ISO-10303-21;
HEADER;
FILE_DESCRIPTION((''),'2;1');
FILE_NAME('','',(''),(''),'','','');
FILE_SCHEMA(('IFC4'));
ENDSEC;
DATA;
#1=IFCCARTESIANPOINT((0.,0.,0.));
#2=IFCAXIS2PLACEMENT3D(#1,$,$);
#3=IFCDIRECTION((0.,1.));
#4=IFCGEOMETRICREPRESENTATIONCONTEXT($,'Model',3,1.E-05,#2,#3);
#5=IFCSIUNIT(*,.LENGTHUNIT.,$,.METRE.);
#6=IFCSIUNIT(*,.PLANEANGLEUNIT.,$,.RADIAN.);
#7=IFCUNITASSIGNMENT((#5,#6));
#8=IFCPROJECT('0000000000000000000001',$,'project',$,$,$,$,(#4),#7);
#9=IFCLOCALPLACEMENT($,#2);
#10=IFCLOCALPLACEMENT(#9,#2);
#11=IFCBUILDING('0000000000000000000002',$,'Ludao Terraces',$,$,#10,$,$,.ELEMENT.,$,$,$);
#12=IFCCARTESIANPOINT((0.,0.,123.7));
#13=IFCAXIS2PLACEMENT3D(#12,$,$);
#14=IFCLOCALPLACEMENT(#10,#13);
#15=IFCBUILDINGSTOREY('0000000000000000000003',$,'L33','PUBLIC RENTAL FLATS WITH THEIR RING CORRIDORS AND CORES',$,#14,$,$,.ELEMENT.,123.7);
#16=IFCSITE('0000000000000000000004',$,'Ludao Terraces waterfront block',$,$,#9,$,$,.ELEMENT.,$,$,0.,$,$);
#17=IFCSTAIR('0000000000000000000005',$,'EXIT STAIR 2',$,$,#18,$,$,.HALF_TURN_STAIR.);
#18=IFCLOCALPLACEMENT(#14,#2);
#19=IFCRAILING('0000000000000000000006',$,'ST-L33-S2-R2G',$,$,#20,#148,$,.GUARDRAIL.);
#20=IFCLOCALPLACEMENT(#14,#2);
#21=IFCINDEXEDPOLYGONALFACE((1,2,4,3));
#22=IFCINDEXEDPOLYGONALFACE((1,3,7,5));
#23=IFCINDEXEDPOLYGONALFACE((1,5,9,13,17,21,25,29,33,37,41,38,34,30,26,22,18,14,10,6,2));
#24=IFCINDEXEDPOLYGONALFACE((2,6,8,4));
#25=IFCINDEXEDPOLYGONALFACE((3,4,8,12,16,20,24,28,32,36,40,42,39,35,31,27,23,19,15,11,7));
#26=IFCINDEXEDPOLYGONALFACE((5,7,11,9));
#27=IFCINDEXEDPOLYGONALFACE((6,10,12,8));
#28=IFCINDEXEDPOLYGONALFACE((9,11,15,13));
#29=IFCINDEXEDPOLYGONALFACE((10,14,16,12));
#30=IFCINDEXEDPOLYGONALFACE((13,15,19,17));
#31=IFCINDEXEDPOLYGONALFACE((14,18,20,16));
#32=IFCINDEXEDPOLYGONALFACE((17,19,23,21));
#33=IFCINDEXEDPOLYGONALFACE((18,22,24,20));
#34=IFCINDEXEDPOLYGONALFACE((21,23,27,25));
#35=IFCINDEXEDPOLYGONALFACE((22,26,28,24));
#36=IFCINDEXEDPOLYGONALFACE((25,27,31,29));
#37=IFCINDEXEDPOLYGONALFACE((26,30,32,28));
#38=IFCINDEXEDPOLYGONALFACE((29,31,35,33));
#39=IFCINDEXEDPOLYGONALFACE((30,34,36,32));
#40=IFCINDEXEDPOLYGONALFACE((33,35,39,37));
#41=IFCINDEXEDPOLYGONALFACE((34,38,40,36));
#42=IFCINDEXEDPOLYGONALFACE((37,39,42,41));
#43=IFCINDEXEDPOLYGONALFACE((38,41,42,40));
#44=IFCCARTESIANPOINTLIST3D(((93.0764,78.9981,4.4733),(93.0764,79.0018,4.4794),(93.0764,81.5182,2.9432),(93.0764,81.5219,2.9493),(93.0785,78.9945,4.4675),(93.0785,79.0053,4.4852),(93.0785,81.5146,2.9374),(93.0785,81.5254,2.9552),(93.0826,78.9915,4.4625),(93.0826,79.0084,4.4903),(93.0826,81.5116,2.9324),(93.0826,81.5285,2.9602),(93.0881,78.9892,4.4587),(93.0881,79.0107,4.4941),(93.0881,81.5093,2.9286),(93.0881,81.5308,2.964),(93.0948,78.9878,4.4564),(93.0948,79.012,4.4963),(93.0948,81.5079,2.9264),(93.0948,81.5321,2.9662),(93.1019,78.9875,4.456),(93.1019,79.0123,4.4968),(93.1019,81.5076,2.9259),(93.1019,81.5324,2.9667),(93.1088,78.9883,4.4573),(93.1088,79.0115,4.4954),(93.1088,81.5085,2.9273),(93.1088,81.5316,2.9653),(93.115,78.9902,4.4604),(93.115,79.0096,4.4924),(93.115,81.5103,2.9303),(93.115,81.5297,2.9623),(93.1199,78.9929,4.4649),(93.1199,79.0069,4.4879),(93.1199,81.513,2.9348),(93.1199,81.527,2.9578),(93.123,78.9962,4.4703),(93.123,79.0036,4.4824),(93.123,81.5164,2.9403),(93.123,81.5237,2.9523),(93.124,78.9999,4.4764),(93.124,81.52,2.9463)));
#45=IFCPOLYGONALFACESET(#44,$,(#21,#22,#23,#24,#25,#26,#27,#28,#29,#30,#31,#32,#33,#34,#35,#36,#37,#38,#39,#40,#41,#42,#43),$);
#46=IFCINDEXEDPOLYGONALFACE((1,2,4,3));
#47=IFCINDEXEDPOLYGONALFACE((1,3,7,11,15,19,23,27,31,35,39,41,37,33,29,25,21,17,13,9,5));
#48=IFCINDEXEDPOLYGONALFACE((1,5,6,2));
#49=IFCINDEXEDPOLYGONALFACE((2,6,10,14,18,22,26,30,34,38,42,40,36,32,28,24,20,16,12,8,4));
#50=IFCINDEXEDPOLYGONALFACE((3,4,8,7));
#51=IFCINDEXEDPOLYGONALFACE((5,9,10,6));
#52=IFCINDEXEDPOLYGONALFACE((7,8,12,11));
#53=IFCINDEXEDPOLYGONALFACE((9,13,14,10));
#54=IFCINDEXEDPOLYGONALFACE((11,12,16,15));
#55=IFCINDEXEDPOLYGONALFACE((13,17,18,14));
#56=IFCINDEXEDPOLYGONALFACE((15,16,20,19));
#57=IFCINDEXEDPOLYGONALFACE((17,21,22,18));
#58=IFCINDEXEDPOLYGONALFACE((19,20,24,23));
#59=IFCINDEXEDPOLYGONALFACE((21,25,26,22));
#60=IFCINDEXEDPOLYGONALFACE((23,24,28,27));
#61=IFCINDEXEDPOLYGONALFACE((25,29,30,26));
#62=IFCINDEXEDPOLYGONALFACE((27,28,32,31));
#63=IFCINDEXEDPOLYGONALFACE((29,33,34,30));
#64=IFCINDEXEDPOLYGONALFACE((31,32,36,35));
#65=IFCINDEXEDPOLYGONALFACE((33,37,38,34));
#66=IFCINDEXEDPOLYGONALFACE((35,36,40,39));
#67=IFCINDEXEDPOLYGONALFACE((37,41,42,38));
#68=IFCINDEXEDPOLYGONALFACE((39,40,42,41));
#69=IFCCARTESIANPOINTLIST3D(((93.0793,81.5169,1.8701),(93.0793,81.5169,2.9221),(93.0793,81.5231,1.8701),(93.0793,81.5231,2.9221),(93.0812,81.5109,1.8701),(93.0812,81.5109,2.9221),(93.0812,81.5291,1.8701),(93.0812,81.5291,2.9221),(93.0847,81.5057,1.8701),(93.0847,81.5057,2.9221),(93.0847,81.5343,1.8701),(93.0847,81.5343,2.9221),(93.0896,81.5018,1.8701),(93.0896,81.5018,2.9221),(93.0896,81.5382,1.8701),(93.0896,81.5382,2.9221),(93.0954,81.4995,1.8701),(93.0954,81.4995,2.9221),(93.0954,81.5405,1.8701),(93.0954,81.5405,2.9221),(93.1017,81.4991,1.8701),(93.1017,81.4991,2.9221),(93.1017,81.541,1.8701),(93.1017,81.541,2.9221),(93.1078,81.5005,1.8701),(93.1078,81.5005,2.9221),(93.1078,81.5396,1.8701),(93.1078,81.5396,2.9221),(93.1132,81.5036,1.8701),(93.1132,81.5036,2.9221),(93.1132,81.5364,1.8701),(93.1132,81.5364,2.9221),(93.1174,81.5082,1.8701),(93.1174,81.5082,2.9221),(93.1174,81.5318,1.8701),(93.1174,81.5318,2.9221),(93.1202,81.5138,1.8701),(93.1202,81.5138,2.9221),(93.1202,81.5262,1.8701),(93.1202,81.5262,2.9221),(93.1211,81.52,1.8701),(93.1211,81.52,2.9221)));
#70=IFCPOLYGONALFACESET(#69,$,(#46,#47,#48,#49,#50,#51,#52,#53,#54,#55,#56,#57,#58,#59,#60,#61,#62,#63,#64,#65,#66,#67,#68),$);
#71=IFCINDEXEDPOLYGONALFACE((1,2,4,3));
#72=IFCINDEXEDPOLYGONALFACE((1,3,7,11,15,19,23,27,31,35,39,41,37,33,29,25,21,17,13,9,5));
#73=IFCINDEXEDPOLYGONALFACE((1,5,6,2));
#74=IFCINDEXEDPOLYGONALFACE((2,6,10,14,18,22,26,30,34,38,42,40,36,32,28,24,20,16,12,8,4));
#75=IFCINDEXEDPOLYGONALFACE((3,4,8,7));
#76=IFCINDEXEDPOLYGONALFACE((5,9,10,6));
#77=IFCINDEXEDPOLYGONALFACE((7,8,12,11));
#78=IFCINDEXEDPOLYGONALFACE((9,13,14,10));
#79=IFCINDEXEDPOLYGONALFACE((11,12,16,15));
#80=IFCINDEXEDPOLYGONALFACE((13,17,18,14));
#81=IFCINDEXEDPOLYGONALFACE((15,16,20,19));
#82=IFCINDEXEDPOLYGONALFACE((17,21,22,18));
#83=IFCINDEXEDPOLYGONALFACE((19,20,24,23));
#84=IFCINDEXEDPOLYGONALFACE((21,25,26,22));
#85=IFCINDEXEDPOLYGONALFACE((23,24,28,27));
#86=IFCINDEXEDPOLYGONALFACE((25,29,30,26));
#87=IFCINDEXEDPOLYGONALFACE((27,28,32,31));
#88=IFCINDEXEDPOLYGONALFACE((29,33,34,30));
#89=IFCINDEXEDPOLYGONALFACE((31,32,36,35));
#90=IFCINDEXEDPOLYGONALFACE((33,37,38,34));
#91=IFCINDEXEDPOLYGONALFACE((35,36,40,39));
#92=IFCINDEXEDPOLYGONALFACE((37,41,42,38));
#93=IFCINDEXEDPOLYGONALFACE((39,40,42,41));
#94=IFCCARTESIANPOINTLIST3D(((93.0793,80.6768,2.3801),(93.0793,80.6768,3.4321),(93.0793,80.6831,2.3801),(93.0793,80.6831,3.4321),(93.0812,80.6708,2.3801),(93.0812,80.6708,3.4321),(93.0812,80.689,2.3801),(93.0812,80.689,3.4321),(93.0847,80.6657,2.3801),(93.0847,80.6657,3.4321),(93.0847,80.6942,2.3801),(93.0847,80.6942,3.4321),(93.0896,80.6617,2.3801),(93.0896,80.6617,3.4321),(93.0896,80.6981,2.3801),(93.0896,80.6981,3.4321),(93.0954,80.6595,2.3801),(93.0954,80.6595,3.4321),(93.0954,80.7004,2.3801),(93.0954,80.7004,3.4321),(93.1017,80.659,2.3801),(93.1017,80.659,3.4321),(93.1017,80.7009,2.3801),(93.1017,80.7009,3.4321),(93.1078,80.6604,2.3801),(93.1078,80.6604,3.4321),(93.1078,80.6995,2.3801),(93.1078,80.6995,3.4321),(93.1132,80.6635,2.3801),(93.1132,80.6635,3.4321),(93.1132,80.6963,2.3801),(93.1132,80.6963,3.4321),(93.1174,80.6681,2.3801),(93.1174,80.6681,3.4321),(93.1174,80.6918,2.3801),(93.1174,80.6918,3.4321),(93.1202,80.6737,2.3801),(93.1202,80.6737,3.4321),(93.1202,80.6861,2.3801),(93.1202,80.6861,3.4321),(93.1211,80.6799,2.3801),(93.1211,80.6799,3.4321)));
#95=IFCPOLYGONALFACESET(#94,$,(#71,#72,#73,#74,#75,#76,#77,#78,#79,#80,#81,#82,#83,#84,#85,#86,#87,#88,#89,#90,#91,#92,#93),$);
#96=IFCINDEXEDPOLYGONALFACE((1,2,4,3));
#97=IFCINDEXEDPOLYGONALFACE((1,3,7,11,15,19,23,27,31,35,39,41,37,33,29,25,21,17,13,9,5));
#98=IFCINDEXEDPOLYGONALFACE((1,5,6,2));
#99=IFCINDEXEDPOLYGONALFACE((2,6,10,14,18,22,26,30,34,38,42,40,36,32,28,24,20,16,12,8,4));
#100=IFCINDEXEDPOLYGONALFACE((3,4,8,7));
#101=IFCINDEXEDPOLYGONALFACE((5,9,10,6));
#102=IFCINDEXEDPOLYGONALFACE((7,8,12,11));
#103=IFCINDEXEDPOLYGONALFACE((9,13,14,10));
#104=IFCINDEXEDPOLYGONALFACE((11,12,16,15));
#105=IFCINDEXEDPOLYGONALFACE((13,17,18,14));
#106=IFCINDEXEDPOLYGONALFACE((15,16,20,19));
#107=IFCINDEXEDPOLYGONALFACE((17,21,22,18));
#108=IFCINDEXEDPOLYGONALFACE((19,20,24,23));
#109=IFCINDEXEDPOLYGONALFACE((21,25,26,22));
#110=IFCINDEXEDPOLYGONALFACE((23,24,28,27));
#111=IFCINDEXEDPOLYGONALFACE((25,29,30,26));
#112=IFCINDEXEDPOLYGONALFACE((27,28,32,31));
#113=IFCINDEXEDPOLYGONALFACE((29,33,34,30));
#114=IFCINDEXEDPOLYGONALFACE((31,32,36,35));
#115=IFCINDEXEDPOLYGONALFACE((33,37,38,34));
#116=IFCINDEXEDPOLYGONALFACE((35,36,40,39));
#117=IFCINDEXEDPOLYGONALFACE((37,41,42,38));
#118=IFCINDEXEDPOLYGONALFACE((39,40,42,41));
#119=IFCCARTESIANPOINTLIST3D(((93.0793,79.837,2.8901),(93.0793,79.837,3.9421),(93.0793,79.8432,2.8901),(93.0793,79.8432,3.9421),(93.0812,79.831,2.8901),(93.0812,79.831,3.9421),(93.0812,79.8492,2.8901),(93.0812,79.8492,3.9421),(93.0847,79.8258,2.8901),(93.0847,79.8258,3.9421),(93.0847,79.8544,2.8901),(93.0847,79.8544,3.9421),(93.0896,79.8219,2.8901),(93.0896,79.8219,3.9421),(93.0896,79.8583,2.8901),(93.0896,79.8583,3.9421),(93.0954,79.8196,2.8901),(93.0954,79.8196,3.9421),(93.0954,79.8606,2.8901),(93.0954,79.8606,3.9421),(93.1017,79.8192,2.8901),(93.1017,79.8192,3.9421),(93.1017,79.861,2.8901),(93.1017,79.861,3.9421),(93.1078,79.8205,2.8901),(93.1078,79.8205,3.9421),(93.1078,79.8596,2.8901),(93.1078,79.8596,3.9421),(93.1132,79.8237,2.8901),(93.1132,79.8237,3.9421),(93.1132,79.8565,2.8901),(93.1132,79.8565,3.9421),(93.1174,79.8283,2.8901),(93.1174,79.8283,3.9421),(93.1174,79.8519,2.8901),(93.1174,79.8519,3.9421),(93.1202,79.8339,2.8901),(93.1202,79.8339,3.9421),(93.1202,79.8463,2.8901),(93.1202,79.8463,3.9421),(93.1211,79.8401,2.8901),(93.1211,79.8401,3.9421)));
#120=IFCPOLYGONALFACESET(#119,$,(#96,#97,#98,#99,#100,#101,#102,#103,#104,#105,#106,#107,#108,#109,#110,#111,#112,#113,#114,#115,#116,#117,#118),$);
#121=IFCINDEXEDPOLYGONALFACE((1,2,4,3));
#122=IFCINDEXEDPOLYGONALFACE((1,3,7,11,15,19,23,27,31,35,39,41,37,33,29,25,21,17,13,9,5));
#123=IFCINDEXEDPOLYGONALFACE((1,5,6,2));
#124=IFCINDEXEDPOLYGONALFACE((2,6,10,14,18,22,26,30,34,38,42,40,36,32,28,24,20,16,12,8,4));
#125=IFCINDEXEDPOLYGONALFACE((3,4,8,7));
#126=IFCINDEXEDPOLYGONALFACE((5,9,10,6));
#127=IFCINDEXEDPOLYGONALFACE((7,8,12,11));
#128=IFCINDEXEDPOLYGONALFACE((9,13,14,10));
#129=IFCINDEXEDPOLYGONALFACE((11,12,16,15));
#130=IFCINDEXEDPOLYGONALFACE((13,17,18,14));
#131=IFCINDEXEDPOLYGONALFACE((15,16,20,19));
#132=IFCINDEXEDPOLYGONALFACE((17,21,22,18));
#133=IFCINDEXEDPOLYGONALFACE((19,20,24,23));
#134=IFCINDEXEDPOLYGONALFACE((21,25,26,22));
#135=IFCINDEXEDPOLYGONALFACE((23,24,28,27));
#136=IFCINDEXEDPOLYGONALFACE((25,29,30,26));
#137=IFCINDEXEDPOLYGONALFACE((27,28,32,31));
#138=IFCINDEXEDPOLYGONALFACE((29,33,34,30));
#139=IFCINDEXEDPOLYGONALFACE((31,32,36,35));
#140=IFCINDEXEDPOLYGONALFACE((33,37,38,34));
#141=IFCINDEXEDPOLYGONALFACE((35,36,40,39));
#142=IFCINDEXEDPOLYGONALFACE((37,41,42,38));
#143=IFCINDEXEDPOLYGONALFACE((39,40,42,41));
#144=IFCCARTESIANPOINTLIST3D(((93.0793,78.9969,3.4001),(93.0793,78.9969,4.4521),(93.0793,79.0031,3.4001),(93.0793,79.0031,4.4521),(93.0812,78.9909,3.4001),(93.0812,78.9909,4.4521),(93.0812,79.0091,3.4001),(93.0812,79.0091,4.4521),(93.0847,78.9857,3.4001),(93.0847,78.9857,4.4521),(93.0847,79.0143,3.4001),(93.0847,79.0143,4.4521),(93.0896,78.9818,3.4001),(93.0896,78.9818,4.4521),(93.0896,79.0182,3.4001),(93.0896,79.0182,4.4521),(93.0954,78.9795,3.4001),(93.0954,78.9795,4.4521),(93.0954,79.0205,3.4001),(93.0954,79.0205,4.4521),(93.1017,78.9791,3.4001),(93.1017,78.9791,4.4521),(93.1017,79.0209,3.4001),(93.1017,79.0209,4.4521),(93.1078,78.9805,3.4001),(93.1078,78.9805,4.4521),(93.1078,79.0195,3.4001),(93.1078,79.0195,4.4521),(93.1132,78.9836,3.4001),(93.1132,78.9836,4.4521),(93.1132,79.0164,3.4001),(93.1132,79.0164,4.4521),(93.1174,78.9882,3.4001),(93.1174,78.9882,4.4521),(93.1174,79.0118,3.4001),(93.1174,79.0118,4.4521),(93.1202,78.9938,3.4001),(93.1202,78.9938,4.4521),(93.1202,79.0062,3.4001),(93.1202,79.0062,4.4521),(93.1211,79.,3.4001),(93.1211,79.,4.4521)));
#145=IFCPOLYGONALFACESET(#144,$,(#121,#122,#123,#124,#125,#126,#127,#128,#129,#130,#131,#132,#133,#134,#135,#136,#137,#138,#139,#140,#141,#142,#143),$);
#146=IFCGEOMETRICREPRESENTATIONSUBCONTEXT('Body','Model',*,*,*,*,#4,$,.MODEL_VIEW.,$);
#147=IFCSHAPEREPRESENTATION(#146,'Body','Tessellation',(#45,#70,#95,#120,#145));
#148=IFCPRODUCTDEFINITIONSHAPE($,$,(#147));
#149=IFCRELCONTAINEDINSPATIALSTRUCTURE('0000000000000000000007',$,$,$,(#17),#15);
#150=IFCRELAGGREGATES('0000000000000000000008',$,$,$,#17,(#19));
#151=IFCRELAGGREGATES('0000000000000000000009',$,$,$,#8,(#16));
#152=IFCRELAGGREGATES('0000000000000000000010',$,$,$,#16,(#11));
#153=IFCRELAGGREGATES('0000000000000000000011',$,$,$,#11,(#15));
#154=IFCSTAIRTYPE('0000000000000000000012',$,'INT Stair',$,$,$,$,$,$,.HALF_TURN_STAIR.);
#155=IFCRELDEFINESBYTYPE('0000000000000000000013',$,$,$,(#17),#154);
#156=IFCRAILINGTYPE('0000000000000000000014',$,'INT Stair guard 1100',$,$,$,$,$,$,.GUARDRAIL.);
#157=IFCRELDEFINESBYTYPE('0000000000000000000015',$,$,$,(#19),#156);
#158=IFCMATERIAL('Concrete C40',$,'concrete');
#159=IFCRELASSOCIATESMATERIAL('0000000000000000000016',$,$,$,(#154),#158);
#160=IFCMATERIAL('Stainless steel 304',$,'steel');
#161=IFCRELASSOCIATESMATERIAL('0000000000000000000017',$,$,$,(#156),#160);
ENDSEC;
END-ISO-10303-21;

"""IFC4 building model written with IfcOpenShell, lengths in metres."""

from ifc_helpers import new_model, si_unit, direction, frame, origin, origin_2d, place, context, subcontext, project, spatial, circle, extrude, material, type_object, element, aggregate, save


model = new_model("IFC4")

# Units and contexts
model_context = context("Model", 3, precision=1e-05, world=origin(), true_north=direction((0.0, 1.0)))
body_context = subcontext(model_context, "Body", "Model", "MODEL_VIEW")
ifc_project = project(units=[si_unit("LENGTHUNIT", "METRE"), si_unit("PLANEANGLEUNIT", "RADIAN")], contexts=[model_context])

# Site, building, storey
site_placement = place(None, origin())
site = spatial("IfcSite", under=ifc_project, at=site_placement, Name="Ludao Terraces waterfront block", CompositionType="ELEMENT", RefElevation=0.0)
building_placement = place(site_placement, origin())
building = spatial("IfcBuilding", under=site, at=building_placement, Name="Ludao Terraces", CompositionType="ELEMENT")
storey_placement = place(building_placement, frame((0.0, 0.0, 123.7)))
storey = spatial("IfcBuildingStorey", under=building, at=storey_placement, Name="L33", Description="PUBLIC RENTAL FLATS WITH THEIR RING CORRIDORS AND CORES", CompositionType="ELEMENT", Elevation=123.7)

# Shared definitions
ifc_material_1 = material(Name="Stainless steel 304", Category="steel")

# Stair, railing
ifc_material_2 = material(Name="Concrete C40", Category="concrete")
stair_type = type_object("IfcStairType", Name="INT Stair", PredefinedType="HALF_TURN_STAIR", material=ifc_material_2)
stair_placement = place(storey_placement, origin())
stair = element("IfcStair", 1, at=stair_placement, inside=storey, type_object=stair_type, Name="EXIT STAIR 2", PredefinedType="HALF_TURN_STAIR")
railing_type = type_object("IfcRailingType", Name="INT Stair guard 1100", PredefinedType="GUARDRAIL", material=ifc_material_1)
railing_1_placement = place(storey_placement, frame((93.1001, 81.52, 1.8701)))
railing_1 = element("IfcRailing", 2, at=railing_1_placement, type_object=railing_type, Name="ST-L33-S2-R2G", PredefinedType="GUARDRAIL", context=body_context, shape_type="SweptSolid", body=[
    extrude(circle(Radius=0.0239, at=origin_2d()), frame((0.0, 0.0, 1.0762), z_axis=(0.0, -0.854785, 0.518982), x_axis=(1.0, 0.0, 0.0)), (0.0, 0.0, 1.0), 2.9482),
    extrude(circle(Radius=0.021, at=origin_2d()), origin(), (0.0, 0.0, 1.0), 1.052),
    extrude(circle(Radius=0.021, at=origin_2d()), frame((0.0, -0.8401, 0.51)), (0.0, 0.0, 1.0), 1.052),
    extrude(circle(Radius=0.021, at=origin_2d()), frame((0.0, -1.6799, 1.02)), (0.0, 0.0, 1.0), 1.052),
    extrude(circle(Radius=0.021, at=origin_2d()), frame((0.0, -2.52, 1.53)), (0.0, 0.0, 1.0), 1.052),
])
aggregate(stair, [railing_1])

save(model, "model.ifc")
